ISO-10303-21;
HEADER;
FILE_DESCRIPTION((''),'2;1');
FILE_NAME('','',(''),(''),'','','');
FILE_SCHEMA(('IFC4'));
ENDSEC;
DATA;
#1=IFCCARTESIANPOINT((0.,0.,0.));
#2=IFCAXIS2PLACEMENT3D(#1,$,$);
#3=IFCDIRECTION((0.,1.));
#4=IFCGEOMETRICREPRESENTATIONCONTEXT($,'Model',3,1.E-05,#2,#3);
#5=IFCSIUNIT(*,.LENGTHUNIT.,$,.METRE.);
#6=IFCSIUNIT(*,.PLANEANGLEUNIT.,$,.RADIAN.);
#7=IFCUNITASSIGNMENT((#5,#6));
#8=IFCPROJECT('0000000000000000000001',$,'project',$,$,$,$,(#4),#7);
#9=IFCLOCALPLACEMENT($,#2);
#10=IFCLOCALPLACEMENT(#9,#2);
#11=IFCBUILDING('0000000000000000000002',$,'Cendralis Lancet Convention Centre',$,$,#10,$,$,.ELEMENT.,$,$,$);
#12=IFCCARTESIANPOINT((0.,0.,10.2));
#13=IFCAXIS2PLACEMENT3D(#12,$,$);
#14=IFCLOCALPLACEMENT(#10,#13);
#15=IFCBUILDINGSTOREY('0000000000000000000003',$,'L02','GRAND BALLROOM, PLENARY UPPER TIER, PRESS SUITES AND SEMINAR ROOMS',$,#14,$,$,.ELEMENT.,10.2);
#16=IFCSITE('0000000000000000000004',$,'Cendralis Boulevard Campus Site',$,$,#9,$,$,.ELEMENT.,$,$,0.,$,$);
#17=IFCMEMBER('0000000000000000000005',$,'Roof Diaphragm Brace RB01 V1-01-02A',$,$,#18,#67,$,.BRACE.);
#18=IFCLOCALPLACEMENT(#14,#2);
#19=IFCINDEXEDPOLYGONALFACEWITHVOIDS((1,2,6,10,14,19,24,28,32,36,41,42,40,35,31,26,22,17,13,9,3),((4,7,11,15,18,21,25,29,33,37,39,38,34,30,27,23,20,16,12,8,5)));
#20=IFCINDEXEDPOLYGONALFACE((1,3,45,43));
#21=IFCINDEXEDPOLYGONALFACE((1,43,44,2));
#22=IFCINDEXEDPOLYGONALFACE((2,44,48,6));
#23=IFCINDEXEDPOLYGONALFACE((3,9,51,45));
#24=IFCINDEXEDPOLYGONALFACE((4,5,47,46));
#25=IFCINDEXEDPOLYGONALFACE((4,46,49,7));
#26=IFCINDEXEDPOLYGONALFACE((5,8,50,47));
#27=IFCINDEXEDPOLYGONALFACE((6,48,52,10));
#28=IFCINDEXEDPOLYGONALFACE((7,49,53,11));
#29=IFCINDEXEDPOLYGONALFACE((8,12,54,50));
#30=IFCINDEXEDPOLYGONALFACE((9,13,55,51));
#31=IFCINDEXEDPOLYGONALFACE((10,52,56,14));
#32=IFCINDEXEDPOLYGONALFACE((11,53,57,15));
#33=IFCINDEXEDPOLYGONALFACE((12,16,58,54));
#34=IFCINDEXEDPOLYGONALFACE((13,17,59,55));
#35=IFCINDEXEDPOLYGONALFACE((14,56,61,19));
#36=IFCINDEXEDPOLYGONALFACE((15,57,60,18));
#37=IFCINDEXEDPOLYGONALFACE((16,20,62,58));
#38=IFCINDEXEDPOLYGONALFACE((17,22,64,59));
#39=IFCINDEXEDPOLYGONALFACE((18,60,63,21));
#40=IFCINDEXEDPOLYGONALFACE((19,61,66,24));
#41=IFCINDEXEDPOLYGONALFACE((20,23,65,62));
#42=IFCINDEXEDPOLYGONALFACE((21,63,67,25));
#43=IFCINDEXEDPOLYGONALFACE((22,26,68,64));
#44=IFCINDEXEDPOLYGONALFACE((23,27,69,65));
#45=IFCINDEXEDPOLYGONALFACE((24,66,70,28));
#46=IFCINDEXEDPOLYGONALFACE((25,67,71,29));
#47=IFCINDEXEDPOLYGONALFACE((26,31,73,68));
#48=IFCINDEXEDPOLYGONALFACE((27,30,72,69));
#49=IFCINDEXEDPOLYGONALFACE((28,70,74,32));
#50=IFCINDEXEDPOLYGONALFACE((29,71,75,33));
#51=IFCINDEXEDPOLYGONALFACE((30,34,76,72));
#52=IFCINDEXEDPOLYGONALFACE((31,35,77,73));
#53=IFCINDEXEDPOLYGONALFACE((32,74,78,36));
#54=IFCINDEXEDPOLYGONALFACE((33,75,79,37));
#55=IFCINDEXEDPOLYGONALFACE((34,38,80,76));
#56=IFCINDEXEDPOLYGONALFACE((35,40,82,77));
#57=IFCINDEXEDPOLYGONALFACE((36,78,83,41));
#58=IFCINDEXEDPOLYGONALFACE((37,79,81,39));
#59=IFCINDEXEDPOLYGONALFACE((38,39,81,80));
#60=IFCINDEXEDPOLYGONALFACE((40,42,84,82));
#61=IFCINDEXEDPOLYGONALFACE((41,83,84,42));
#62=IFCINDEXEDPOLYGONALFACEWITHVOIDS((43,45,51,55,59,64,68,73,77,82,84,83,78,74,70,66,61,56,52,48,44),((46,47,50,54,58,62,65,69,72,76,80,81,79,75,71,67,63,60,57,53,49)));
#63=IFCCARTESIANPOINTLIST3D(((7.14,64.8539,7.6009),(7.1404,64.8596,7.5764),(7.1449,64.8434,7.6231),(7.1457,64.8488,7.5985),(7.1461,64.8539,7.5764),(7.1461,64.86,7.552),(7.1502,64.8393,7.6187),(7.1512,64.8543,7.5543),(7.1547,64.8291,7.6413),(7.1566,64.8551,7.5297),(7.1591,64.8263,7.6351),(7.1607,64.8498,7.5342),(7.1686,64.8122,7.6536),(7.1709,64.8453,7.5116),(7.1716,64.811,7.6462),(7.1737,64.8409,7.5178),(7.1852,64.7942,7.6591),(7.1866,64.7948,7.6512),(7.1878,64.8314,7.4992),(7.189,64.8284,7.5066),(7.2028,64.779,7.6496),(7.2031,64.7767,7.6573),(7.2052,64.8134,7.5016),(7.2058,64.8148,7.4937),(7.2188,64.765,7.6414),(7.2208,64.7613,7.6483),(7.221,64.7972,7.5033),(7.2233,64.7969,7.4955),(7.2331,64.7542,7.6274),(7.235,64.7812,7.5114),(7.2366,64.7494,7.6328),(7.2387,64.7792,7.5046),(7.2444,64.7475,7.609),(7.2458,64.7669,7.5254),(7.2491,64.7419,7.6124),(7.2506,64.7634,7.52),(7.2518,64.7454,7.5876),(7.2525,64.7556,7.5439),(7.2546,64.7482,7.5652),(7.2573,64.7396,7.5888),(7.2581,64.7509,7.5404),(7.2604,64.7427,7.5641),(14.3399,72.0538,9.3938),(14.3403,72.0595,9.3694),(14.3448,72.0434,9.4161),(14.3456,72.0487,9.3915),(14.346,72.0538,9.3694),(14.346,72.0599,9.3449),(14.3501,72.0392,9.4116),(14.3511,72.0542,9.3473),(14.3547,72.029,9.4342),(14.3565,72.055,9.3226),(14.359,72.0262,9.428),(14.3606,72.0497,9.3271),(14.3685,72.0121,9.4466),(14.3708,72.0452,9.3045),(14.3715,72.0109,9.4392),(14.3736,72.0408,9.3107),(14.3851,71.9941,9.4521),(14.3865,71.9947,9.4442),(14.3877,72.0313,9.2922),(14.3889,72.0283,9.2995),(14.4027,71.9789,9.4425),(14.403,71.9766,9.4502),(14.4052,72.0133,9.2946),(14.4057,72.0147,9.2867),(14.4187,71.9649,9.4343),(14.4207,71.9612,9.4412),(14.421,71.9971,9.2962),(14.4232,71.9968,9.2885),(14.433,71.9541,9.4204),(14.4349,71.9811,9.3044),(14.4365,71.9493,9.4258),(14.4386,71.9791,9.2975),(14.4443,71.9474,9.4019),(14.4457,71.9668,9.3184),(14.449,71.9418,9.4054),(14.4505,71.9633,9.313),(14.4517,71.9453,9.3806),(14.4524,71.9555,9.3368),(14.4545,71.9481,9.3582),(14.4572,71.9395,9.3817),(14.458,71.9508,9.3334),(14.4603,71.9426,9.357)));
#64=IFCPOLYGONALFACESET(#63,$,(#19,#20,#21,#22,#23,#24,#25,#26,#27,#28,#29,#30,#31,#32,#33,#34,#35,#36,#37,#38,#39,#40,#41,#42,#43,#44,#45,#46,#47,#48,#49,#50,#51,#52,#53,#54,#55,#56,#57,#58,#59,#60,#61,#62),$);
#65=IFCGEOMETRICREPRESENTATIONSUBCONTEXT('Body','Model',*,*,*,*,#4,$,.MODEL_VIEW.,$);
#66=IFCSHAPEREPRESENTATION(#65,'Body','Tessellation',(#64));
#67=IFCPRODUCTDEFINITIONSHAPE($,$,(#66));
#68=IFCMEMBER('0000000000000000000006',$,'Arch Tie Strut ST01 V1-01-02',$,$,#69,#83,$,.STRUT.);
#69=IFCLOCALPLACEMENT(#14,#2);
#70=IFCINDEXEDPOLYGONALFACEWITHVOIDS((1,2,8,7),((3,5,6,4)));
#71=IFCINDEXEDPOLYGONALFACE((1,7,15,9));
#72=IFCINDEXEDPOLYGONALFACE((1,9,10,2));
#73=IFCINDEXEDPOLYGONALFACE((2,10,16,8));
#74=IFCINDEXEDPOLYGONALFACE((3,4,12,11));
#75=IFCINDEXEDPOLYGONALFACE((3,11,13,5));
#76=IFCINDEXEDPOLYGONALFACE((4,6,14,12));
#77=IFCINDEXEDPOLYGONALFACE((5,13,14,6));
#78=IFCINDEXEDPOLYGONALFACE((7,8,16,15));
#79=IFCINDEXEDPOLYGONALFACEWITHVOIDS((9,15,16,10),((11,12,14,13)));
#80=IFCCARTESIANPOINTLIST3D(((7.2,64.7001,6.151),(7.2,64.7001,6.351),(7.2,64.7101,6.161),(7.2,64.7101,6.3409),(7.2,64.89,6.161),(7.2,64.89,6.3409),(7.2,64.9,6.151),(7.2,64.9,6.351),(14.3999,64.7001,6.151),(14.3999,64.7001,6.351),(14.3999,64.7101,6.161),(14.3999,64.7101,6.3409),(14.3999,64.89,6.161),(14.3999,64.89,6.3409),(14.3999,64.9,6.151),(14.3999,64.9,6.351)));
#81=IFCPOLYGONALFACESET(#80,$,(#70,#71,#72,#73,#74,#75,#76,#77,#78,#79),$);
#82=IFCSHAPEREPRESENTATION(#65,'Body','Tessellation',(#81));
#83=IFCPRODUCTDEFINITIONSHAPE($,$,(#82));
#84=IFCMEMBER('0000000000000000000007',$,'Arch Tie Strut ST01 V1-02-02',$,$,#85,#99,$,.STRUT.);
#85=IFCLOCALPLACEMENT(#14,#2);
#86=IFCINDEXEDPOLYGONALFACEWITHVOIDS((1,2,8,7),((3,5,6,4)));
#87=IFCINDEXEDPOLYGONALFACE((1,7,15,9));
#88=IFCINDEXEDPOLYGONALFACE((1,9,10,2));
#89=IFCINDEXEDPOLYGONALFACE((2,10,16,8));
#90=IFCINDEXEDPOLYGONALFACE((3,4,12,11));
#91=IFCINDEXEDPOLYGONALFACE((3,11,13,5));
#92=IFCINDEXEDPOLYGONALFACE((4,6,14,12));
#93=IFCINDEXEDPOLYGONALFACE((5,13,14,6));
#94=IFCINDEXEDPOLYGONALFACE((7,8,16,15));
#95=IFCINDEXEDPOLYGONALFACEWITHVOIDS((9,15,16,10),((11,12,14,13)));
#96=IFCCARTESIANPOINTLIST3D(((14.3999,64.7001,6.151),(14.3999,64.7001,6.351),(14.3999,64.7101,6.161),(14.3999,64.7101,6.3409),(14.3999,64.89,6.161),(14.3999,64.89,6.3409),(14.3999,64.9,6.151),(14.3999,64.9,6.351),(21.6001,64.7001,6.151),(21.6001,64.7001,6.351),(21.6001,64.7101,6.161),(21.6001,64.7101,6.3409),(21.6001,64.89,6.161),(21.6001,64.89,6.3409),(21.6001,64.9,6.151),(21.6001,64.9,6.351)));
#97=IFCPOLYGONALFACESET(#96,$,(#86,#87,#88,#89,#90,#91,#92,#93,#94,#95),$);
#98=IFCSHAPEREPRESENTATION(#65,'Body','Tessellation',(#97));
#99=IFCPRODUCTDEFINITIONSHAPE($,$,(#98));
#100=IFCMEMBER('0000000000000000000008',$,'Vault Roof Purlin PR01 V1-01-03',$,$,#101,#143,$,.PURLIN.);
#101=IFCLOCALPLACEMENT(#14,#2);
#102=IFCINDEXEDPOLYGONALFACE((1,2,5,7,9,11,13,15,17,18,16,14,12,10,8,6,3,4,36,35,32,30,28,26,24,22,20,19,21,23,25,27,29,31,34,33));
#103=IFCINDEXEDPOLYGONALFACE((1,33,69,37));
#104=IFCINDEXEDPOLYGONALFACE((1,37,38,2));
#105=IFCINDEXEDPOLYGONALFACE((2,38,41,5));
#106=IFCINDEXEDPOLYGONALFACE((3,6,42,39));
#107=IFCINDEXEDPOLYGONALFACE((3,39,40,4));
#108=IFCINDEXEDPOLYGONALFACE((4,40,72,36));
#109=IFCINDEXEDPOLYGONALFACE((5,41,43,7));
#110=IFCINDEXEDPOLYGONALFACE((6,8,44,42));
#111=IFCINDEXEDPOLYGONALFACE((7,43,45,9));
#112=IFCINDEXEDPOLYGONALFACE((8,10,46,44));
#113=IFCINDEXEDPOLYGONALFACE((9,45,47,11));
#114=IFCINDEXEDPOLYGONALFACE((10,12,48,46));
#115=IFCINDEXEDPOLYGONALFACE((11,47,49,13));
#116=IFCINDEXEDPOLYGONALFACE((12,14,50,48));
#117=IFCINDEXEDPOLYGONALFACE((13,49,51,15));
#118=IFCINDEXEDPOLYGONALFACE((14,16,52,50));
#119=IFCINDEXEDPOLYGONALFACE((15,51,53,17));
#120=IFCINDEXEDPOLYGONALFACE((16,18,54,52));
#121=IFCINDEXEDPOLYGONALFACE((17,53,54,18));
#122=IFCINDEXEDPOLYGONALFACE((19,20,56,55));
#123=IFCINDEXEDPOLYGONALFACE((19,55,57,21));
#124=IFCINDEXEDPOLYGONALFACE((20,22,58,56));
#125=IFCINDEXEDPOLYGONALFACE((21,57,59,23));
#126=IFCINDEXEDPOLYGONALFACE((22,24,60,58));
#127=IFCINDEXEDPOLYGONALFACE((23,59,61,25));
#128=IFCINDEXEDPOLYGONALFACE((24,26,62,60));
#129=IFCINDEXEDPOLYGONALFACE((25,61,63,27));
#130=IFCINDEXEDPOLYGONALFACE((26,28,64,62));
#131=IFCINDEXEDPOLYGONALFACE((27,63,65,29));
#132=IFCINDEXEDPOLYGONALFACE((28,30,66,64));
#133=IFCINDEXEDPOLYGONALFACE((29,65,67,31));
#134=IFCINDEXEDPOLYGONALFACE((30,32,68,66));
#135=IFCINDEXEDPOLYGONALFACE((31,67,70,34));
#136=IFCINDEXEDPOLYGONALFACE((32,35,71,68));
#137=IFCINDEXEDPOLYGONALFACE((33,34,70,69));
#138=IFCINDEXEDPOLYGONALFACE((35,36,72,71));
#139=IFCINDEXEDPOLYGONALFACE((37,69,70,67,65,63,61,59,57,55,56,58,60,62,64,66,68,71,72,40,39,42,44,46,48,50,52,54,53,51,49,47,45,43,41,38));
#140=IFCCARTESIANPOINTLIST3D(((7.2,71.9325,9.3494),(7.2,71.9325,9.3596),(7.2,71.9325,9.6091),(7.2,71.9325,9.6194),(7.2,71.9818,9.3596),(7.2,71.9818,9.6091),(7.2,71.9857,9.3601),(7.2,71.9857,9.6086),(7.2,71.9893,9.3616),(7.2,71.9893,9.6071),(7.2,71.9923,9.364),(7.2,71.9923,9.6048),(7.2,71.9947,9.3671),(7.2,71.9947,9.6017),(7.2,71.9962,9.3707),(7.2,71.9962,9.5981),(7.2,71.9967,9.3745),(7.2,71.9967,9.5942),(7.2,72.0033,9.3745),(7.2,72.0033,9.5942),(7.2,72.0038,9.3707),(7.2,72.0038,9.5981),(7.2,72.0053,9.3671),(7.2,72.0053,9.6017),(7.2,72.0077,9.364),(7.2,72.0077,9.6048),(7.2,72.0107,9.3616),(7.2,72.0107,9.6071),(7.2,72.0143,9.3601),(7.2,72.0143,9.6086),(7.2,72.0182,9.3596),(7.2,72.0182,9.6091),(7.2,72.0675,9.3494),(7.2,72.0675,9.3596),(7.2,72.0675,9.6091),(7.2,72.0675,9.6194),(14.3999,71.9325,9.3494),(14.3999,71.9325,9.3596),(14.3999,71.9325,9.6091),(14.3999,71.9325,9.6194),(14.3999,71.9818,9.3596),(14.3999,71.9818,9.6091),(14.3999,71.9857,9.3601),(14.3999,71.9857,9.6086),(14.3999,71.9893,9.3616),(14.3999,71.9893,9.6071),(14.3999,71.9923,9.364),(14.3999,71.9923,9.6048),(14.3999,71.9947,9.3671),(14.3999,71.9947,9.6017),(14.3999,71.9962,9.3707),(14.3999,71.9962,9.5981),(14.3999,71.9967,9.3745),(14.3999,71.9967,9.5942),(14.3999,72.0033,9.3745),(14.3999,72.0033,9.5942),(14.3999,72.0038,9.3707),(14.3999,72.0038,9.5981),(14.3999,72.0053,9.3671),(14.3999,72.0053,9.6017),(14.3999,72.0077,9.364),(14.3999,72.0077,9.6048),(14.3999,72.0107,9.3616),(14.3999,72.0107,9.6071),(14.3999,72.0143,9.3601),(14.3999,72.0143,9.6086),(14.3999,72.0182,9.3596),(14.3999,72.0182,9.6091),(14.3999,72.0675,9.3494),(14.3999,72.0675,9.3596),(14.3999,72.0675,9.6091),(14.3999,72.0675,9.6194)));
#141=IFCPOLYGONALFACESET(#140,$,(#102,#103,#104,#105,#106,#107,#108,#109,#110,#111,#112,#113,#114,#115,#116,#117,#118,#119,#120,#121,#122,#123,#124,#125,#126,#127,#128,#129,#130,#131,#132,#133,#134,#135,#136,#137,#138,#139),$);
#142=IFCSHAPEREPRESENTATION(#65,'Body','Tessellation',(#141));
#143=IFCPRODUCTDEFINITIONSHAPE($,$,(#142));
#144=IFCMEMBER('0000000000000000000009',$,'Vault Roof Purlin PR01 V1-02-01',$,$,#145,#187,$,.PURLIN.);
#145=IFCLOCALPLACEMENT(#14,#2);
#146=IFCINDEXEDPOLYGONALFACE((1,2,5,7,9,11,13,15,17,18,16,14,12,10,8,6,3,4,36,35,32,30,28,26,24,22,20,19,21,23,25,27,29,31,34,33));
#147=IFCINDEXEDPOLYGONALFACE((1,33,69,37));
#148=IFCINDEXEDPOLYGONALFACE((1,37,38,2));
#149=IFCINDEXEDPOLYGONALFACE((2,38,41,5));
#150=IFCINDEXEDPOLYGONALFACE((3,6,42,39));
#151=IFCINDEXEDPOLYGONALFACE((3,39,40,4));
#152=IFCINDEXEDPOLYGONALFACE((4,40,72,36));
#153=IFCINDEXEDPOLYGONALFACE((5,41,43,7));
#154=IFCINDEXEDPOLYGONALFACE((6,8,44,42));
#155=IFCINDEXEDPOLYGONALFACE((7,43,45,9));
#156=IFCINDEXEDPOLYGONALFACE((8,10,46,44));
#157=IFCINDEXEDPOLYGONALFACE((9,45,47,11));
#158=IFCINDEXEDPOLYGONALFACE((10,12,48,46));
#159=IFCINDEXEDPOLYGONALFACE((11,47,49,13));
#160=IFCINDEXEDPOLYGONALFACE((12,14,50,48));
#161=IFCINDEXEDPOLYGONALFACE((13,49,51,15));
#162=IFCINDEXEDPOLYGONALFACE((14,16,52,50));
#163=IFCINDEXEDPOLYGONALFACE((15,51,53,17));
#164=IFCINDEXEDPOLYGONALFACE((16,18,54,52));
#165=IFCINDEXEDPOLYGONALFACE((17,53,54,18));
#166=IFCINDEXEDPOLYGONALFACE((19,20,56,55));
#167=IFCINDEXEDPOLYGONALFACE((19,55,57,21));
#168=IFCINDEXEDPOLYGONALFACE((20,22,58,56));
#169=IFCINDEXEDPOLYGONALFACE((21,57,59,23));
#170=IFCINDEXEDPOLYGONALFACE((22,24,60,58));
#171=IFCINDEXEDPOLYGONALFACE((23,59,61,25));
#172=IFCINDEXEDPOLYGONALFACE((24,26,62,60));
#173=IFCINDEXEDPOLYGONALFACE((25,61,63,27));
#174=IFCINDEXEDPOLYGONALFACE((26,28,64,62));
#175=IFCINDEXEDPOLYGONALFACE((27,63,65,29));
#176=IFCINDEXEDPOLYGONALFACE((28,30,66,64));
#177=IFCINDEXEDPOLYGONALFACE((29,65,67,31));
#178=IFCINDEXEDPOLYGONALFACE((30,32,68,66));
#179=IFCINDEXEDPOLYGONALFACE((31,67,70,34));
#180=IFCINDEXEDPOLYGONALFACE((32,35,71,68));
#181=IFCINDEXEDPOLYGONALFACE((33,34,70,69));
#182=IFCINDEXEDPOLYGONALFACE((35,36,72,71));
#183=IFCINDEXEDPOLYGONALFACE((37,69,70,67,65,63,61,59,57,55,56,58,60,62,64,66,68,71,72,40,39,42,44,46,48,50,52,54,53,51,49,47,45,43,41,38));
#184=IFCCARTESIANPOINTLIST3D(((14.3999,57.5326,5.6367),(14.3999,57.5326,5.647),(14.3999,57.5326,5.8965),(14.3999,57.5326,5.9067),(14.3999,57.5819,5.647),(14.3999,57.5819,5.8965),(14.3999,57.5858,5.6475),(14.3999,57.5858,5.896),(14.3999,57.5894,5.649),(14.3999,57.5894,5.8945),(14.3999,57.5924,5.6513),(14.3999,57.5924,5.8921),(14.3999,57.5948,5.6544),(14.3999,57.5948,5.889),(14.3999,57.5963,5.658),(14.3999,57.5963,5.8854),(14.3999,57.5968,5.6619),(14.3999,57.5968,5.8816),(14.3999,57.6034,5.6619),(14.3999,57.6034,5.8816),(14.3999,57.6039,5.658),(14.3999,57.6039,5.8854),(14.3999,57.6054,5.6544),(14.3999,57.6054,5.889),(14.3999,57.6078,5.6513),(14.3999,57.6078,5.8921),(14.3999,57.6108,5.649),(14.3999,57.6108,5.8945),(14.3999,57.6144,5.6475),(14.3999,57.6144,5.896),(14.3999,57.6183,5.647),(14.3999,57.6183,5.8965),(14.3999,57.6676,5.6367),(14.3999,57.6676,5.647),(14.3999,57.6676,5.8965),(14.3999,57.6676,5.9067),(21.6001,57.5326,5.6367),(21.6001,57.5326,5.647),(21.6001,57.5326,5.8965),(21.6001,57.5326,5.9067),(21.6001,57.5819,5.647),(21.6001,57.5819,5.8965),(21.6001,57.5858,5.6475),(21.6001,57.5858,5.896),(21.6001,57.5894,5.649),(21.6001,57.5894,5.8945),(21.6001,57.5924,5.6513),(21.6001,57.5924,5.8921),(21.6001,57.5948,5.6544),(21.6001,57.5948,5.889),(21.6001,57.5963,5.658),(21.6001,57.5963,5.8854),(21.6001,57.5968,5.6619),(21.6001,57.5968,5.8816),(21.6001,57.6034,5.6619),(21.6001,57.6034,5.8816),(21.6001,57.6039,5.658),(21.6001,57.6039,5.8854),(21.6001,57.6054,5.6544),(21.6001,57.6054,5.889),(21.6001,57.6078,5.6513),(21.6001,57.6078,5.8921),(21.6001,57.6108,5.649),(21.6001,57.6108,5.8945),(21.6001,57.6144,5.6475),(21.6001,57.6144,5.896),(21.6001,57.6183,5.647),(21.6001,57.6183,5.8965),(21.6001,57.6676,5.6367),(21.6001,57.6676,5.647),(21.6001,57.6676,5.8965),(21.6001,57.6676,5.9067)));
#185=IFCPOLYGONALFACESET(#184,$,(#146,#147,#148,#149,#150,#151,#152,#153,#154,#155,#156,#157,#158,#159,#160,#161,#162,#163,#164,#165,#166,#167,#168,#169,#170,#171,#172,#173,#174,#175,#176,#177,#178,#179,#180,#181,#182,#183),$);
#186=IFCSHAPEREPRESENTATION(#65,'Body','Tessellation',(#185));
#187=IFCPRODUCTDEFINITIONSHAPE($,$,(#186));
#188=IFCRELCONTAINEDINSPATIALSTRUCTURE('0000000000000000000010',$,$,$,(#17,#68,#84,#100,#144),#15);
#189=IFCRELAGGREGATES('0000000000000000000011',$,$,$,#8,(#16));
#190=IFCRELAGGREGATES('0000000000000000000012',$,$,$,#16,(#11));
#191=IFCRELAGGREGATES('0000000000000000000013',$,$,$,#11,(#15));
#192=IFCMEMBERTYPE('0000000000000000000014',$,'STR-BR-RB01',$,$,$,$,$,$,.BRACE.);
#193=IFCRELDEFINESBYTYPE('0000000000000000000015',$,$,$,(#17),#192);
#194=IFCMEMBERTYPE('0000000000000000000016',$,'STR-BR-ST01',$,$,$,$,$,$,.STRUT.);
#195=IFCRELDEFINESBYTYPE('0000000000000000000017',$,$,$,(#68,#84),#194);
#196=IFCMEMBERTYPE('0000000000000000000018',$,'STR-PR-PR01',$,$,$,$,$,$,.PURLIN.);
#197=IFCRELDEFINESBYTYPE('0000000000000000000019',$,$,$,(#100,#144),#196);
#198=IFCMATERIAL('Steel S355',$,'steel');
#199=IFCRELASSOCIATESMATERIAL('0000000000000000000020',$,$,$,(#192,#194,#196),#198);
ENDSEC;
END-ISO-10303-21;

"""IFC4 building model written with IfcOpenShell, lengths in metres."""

from ifc_helpers import new_model, si_unit, direction, frame, origin, origin_2d, place, context, subcontext, project, spatial, hollow_rectangle, hollow_circle, i_section, extrude, material, material_profile, profile_set, type_object, element, save


model = new_model("IFC4")

# Units and contexts
model_context = context("Model", 3, precision=1e-05, world=origin(), true_north=direction((0.0, 1.0)))
body_context = subcontext(model_context, "Body", "Model", "MODEL_VIEW")
ifc_project = project(units=[si_unit("LENGTHUNIT", "METRE"), si_unit("PLANEANGLEUNIT", "RADIAN")], contexts=[model_context])

# Site, building, storey
site_placement = place(None, origin())
site = spatial("IfcSite", under=ifc_project, at=site_placement, Name="Cendralis Boulevard Campus Site", CompositionType="ELEMENT", RefElevation=0.0)
building_placement = place(site_placement, origin())
building = spatial("IfcBuilding", under=site, at=building_placement, Name="Cendralis Lancet Convention Centre", CompositionType="ELEMENT")
storey_placement = place(building_placement, frame((0.0, 0.0, 10.2)))
storey = spatial("IfcBuildingStorey", under=building, at=storey_placement, Name="L02", Description="GRAND BALLROOM, PLENARY UPPER TIER, PRESS SUITES AND SEMINAR ROOMS", CompositionType="ELEMENT", Elevation=10.2)

# Members
ifc_material = material(Name="Steel S355", Category="steel")
ifc_material_profile_1 = material_profile(ifc_material, hollow_circle(Radius=0.0842, WallThickness=0.0081, at=origin_2d()), Name="CHS 168.3x8.0")
ifc_profile_set_1 = profile_set([ifc_material_profile_1], Name="Steel S355")
member_type_1 = type_object("IfcMemberType", Name="STR-BR-RB01", PredefinedType="BRACE", material=ifc_profile_set_1)
member_1_placement = place(storey_placement, frame((7.2, 64.8, 7.5764), z_axis=(0.696393, 0.696393, 0.173419), x_axis=(-0.707107, 0.707107, 0.0)))
element("IfcMember", 1, at=member_1_placement, inside=storey, type_object=member_type_1, Name="Roof Diaphragm Brace RB01 V1-01-02A", PredefinedType="BRACE", context=body_context, shape_type="SweptSolid", body=[
    extrude(hollow_circle(Radius=0.0842, WallThickness=0.0081, at=origin_2d()), origin(), (0.0, 0.0, 1.0), 10.3389),
])
ifc_material_profile_2 = material_profile(ifc_material, hollow_rectangle(XDim=0.2, YDim=0.2, WallThickness=0.01, at=origin_2d()), Name="SHS 200x200x10.0")
ifc_profile_set_2 = profile_set([ifc_material_profile_2], Name="Steel S355")
member_type_2 = type_object("IfcMemberType", Name="STR-BR-ST01", PredefinedType="STRUT", material=ifc_profile_set_2)
member_2_placement = place(storey_placement, frame((7.2, 64.8, 6.251), z_axis=(1.0, 0.0, 0.0), x_axis=(0.0, 1.0, 0.0)))
element("IfcMember", 2, at=member_2_placement, inside=storey, type_object=member_type_2, Name="Arch Tie Strut ST01 V1-01-02", PredefinedType="STRUT", context=body_context, shape_type="SweptSolid", body=[
    extrude(hollow_rectangle(XDim=0.2, YDim=0.2, WallThickness=0.01, at=origin_2d()), origin(), (0.0, 0.0, 1.0), 7.2),
])
member_3_placement = place(storey_placement, frame((14.3999, 64.8, 6.251), z_axis=(1.0, 0.0, 0.0), x_axis=(0.0, 1.0, 0.0)))
element("IfcMember", 3, at=member_3_placement, inside=storey, type_object=member_type_2, Name="Arch Tie Strut ST01 V1-02-02", PredefinedType="STRUT", context=body_context, shape_type="SweptSolid", body=[
    extrude(hollow_rectangle(XDim=0.2, YDim=0.2, WallThickness=0.01, at=origin_2d()), origin(), (0.0, 0.0, 1.0), 7.2002),
])
ifc_material_profile_3 = material_profile(ifc_material, i_section(OverallWidth=0.135, OverallDepth=0.27, WebThickness=0.0066, FlangeThickness=0.0103, FilletRadius=0.0149, at=origin_2d()), Name="IPE 270")
ifc_profile_set_3 = profile_set([ifc_material_profile_3], Name="Steel S355")
member_type_3 = type_object("IfcMemberType", Name="STR-PR-PR01", PredefinedType="PURLIN", material=ifc_profile_set_3)
member_4_placement = place(storey_placement, frame((7.2, 72.0, 9.4844), z_axis=(1.0, 0.0, 0.0), x_axis=(0.0, 1.0, 0.0)))
element("IfcMember", 4, at=member_4_placement, inside=storey, type_object=member_type_3, Name="Vault Roof Purlin PR01 V1-01-03", PredefinedType="PURLIN", context=body_context, shape_type="SweptSolid", body=[
    extrude(i_section(OverallWidth=0.135, OverallDepth=0.27, WebThickness=0.0066, FlangeThickness=0.0103, FilletRadius=0.0149, at=origin_2d()), origin(), (0.0, 0.0, 1.0), 7.2),
])
for number, where, z_axis, x_axis, name in (
    (5, (14.3999, 57.6001, 5.7717), (1.0, 0.0, 0.0), (0.0, 1.0, 0.0), "Vault Roof Purlin PR01 V1-02-01"),
):
    element("IfcMember", number, at=place(storey_placement, frame(where, z_axis=z_axis, x_axis=x_axis)), inside=storey, type_object=member_type_3, Name=name, PredefinedType="PURLIN", context=body_context, shape_type="SweptSolid", body=[
        extrude(i_section(OverallWidth=0.135, OverallDepth=0.27, WebThickness=0.0066, FlangeThickness=0.0103, FilletRadius=0.0149, at=origin_2d()), origin(), (0.0, 0.0, 1.0), 7.2002),
    ])

save(model, "model.ifc")
